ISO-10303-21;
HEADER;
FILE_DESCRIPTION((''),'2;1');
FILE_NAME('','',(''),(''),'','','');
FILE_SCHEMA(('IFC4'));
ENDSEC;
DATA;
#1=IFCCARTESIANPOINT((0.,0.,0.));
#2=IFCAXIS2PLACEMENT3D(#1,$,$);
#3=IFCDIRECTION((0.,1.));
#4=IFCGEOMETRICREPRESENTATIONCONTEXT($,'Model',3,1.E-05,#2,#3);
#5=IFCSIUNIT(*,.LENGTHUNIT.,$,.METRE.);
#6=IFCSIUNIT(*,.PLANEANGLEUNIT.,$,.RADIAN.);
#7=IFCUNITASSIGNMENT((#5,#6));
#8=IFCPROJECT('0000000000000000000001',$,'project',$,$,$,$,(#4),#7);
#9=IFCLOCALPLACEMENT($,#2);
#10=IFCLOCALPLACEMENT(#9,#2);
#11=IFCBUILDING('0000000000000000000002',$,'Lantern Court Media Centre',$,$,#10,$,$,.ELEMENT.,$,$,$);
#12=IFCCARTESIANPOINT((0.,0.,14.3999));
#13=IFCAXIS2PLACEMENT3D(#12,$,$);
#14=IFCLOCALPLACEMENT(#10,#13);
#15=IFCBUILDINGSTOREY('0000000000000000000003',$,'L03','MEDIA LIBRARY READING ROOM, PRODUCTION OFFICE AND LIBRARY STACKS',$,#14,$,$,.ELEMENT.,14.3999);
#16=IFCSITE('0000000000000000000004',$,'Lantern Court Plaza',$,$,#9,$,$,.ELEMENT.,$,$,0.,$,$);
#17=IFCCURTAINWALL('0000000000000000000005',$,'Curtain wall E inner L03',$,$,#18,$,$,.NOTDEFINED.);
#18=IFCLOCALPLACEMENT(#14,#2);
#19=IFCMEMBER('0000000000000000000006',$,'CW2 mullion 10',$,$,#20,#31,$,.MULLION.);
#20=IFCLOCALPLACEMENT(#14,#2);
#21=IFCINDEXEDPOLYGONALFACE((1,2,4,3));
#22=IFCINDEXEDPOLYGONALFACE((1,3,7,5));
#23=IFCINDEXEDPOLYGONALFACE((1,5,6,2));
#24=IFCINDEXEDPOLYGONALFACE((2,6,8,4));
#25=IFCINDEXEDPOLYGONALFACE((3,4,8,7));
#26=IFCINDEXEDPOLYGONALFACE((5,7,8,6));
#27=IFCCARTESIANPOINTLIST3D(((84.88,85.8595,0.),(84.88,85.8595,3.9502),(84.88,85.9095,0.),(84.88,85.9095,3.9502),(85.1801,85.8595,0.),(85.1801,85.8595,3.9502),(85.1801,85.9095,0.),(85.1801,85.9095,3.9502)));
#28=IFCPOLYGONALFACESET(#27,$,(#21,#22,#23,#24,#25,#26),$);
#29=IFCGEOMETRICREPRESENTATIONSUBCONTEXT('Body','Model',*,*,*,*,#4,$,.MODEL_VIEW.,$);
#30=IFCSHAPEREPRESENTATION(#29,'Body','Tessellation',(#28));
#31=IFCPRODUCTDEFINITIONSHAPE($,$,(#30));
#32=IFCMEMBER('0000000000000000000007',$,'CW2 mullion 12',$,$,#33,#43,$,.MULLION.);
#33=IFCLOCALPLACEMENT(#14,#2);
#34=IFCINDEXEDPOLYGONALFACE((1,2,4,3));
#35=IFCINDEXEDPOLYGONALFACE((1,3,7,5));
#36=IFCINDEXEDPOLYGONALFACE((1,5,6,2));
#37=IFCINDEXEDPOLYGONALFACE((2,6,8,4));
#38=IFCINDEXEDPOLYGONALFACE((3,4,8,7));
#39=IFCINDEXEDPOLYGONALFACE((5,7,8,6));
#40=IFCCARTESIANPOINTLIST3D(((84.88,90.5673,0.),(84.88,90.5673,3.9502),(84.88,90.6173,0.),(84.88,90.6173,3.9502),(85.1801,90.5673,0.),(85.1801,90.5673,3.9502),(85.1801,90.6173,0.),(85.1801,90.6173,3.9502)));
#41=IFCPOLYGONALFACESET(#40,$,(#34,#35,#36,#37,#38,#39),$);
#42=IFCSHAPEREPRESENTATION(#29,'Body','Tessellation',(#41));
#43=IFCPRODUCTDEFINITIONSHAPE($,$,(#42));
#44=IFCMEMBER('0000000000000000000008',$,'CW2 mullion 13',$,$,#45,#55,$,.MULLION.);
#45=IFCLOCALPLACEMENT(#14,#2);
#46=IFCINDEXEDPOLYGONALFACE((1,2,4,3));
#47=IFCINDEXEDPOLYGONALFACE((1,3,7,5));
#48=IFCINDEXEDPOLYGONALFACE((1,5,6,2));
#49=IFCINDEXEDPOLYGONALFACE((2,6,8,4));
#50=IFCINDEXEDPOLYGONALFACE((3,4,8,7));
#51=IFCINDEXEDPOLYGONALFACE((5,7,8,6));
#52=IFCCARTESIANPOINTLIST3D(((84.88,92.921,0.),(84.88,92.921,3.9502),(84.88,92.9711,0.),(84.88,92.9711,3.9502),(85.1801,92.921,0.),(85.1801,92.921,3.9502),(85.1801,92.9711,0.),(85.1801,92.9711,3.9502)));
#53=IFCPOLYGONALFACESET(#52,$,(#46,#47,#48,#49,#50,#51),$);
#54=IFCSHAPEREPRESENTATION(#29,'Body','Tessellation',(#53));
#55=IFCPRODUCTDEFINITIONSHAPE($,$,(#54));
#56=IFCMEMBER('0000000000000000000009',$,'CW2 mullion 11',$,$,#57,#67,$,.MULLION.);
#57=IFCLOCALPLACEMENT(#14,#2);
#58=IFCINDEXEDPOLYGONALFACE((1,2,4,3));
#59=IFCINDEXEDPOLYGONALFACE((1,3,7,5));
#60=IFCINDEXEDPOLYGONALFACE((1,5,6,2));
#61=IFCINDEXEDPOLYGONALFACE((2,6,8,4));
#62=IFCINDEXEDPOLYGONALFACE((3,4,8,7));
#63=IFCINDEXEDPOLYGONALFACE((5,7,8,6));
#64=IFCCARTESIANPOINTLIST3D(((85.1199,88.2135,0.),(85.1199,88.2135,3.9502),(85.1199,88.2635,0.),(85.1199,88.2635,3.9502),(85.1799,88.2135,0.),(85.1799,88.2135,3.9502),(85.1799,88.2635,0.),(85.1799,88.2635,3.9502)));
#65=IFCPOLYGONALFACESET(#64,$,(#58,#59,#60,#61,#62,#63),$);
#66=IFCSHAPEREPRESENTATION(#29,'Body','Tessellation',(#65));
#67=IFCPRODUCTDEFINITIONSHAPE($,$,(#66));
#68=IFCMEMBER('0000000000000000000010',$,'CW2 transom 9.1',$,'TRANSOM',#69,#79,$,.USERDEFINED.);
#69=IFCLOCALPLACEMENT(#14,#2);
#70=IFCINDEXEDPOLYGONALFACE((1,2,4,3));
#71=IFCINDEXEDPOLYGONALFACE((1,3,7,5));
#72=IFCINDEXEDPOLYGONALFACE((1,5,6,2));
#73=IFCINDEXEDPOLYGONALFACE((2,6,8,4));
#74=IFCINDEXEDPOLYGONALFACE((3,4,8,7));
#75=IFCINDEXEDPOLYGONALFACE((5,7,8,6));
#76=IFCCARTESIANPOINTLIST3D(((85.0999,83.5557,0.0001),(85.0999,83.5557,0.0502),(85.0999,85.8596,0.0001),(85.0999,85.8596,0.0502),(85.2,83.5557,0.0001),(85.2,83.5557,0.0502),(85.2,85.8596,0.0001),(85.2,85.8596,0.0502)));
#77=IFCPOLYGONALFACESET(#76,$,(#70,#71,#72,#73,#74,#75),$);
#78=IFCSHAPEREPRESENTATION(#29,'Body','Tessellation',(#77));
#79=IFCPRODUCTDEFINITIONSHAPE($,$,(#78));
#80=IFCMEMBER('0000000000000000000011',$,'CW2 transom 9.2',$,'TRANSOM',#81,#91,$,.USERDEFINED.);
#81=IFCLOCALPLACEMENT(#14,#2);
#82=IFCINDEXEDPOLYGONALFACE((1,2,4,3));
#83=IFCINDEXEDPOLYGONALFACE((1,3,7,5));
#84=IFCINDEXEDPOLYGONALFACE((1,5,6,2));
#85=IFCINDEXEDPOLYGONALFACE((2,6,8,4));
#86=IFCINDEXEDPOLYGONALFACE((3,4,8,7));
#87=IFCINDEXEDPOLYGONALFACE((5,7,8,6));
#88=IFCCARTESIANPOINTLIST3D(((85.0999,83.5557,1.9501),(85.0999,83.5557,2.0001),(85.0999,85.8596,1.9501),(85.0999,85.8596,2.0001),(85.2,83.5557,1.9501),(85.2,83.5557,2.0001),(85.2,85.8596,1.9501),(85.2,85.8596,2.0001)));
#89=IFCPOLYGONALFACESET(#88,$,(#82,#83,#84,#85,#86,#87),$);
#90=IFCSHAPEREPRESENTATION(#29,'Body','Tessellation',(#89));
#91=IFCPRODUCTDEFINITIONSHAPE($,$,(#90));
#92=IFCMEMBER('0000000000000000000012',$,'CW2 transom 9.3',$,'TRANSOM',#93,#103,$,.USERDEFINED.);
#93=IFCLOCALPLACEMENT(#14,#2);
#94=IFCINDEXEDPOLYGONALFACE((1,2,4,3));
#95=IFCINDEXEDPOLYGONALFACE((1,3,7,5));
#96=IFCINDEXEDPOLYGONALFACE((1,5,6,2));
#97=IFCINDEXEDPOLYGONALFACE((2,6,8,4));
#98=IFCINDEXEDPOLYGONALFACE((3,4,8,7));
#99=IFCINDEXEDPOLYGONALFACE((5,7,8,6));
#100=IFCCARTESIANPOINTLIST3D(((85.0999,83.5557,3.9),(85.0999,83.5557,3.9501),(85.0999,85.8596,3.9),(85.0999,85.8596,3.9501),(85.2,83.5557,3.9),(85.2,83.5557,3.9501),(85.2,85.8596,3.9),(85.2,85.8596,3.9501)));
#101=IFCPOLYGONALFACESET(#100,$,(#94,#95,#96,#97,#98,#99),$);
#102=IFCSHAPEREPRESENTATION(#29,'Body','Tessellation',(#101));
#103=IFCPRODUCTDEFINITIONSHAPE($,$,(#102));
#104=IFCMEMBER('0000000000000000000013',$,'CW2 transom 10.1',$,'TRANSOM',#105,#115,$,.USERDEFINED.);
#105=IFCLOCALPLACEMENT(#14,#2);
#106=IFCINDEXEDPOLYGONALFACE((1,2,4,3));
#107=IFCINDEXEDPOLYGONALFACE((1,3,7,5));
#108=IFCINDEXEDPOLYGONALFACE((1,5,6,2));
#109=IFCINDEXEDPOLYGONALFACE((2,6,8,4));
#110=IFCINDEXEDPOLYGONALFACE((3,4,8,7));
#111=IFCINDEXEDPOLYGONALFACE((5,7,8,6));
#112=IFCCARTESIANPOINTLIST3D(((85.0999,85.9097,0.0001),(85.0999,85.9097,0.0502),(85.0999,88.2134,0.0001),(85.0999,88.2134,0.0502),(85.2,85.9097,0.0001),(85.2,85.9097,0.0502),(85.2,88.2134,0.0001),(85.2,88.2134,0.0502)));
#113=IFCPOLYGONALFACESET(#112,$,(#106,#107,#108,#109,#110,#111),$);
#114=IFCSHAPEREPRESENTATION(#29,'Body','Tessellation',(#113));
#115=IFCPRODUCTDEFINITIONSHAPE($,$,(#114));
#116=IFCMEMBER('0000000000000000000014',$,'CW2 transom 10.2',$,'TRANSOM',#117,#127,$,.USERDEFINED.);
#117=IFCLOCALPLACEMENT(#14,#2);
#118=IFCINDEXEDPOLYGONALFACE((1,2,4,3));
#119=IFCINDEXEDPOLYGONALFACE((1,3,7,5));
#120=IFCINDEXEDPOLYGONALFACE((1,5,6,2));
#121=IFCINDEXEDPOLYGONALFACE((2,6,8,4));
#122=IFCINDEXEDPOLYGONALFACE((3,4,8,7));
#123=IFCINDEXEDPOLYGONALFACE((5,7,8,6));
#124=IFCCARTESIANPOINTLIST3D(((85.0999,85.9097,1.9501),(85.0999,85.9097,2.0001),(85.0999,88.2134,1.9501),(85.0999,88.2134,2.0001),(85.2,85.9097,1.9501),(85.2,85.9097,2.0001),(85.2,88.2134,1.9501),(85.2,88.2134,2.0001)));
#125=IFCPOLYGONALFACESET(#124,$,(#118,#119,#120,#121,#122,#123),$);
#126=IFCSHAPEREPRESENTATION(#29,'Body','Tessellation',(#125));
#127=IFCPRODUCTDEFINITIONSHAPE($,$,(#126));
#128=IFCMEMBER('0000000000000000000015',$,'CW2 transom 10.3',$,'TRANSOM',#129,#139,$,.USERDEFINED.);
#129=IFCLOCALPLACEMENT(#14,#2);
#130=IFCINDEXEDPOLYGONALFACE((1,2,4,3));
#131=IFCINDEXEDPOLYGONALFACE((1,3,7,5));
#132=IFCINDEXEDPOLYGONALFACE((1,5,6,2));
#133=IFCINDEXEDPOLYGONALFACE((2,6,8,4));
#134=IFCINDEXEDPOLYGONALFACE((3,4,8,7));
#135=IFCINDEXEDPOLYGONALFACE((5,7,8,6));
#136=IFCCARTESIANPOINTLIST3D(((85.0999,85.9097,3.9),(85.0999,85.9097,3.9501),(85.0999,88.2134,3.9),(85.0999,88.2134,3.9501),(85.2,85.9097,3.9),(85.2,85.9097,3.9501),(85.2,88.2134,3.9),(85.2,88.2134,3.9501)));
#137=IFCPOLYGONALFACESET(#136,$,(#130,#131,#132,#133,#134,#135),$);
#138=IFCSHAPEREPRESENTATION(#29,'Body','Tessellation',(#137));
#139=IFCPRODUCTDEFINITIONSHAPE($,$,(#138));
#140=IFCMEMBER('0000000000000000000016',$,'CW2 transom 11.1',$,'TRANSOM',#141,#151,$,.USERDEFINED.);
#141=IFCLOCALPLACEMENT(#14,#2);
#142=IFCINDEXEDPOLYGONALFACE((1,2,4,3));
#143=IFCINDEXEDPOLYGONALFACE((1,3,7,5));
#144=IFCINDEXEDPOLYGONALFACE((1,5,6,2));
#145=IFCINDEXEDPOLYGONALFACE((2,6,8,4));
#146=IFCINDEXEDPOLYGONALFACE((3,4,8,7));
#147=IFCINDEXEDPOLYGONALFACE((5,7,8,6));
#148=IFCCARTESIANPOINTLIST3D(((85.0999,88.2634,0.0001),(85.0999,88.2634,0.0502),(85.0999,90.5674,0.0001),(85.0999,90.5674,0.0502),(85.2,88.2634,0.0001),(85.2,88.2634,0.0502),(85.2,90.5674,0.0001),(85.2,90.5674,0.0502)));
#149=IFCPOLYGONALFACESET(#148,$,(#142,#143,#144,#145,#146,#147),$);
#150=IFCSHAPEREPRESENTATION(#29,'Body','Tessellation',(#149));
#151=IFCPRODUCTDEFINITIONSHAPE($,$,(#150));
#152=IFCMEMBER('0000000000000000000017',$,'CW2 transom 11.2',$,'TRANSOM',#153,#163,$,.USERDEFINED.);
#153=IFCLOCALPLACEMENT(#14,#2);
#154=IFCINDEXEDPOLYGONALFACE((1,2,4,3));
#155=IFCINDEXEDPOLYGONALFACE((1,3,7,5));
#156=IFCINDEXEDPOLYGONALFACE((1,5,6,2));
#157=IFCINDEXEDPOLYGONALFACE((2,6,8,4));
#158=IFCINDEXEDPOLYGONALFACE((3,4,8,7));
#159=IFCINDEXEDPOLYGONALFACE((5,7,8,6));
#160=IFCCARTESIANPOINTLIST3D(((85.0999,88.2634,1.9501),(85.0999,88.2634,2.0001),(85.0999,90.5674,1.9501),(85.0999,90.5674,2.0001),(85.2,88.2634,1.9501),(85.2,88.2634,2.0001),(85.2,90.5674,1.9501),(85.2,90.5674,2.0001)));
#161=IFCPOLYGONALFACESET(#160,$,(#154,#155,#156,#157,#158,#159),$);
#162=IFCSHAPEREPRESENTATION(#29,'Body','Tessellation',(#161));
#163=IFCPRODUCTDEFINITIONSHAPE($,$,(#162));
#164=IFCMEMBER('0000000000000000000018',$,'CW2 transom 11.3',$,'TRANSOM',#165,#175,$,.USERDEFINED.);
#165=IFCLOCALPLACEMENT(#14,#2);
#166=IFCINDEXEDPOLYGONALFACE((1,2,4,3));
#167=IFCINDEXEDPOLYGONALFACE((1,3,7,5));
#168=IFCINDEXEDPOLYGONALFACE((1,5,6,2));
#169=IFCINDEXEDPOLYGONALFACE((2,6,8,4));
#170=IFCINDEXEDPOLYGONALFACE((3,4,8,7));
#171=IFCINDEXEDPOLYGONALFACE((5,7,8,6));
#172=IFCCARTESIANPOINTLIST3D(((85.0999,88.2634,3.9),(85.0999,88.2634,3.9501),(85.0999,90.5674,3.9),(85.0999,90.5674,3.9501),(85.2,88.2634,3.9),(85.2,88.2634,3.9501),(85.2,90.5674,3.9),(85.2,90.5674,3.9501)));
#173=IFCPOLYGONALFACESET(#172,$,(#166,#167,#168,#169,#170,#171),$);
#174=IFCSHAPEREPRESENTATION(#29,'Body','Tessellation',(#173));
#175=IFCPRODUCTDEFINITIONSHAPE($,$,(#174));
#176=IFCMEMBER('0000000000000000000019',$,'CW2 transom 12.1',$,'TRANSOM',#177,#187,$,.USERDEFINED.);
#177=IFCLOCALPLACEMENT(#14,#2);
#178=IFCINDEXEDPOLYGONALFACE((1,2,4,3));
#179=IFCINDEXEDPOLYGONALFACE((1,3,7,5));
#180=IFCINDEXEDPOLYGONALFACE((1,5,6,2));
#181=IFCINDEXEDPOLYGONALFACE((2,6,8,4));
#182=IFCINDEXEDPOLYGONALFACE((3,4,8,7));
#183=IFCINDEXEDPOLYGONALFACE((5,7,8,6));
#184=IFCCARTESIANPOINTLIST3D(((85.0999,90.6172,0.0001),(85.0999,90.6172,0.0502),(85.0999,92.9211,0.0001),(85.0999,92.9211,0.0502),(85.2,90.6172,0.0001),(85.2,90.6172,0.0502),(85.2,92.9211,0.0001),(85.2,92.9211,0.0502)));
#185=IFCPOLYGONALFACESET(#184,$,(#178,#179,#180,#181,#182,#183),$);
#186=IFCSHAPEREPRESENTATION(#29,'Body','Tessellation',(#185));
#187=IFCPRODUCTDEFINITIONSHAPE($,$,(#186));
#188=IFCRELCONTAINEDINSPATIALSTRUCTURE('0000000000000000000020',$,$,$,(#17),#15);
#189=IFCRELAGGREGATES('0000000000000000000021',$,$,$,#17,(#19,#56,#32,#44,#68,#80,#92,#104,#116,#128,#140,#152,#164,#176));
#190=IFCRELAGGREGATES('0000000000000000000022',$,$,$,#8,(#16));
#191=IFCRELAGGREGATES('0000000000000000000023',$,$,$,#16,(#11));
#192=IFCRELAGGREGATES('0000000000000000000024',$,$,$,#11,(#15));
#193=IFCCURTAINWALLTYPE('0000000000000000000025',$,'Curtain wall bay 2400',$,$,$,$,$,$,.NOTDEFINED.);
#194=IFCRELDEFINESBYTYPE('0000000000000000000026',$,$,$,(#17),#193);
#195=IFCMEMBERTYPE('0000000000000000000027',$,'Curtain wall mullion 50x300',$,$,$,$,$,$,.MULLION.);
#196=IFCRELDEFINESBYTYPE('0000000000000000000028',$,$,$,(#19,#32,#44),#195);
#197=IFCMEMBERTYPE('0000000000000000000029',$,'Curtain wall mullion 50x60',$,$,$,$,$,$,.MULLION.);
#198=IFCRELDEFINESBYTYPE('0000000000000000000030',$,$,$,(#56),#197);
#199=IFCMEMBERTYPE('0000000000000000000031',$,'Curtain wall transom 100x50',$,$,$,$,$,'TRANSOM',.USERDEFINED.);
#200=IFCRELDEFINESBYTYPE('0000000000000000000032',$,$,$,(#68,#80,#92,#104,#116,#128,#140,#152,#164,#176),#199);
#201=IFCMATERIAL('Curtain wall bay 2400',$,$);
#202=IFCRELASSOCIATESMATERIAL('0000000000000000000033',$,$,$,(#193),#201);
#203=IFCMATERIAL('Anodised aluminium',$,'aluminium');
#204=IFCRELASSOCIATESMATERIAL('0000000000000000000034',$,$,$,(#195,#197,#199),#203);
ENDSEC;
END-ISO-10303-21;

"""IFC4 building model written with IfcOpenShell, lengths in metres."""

from ifc_helpers import new_model, si_unit, direction, frame, origin, origin_2d, place, context, subcontext, project, spatial, rectangle, extrude, material, material_profile, profile_set, type_object, element, aggregate, save


model = new_model("IFC4")

# Units and contexts
model_context = context("Model", 3, precision=1e-05, world=origin(), true_north=direction((0.0, 1.0)))
body_context = subcontext(model_context, "Body", "Model", "MODEL_VIEW")
ifc_project = project(units=[si_unit("LENGTHUNIT", "METRE"), si_unit("PLANEANGLEUNIT", "RADIAN")], contexts=[model_context])

# Site, building, storey
site_placement = place(None, origin())
site = spatial("IfcSite", under=ifc_project, at=site_placement, Name="Lantern Court Plaza", CompositionType="ELEMENT", RefElevation=0.0)
building_placement = place(site_placement, origin())
building = spatial("IfcBuilding", under=site, at=building_placement, Name="Lantern Court Media Centre", CompositionType="ELEMENT")
storey_placement = place(building_placement, frame((0.0, 0.0, 14.3999)))
storey = spatial("IfcBuildingStorey", under=building, at=storey_placement, Name="L03", Description="MEDIA LIBRARY READING ROOM, PRODUCTION OFFICE AND LIBRARY STACKS", CompositionType="ELEMENT", Elevation=14.3999)

# Curtain wall, members
ifc_material_1 = material(Name="Curtain wall bay 2400")
curtain_wall_type = type_object("IfcCurtainWallType", Name="Curtain wall bay 2400", PredefinedType="NOTDEFINED", material=ifc_material_1)
curtain_wall_placement = place(storey_placement, origin())
curtain_wall = element("IfcCurtainWall", 1, at=curtain_wall_placement, inside=storey, type_object=curtain_wall_type, Name="Curtain wall E inner L03", PredefinedType="NOTDEFINED")
ifc_material_2 = material(Name="Anodised aluminium", Category="aluminium")
ifc_material_profile_1 = material_profile(ifc_material_2, rectangle(XDim=0.3, YDim=0.05, at=origin_2d()), Name="AL 50x300")
ifc_profile_set_1 = profile_set([ifc_material_profile_1], Name="Anodised aluminium")
member_type_1 = type_object("IfcMemberType", Name="Curtain wall mullion 50x300", PredefinedType="MULLION", material=ifc_profile_set_1)
member_1_placement = place(storey_placement, frame((85.03, 85.8845, 0.0), z_axis=(0.0, 0.0, 1.0), x_axis=(-1.0, 0.0, 0.0)))
member_1 = element("IfcMember", 2, at=member_1_placement, type_object=member_type_1, Name="CW2 mullion 10", PredefinedType="MULLION", context=body_context, shape_type="SweptSolid", body=[
    extrude(rectangle(XDim=0.3, YDim=0.05, at=origin_2d()), origin(), (0.0, 0.0, 1.0), 3.9502),
])
member_2_placement = place(storey_placement, frame((85.03, 90.5923, 0.0), z_axis=(0.0, 0.0, 1.0), x_axis=(-1.0, 0.0, 0.0)))
member_2 = element("IfcMember", 3, at=member_2_placement, type_object=member_type_1, Name="CW2 mullion 12", PredefinedType="MULLION", context=body_context, shape_type="SweptSolid", body=[
    extrude(rectangle(XDim=0.3, YDim=0.05, at=origin_2d()), origin(), (0.0, 0.0, 1.0), 3.9502),
])
member_3_placement = place(storey_placement, frame((85.03, 92.946, 0.0), z_axis=(0.0, 0.0, 1.0), x_axis=(-1.0, 0.0, 0.0)))
member_3 = element("IfcMember", 4, at=member_3_placement, type_object=member_type_1, Name="CW2 mullion 13", PredefinedType="MULLION", context=body_context, shape_type="SweptSolid", body=[
    extrude(rectangle(XDim=0.3, YDim=0.05, at=origin_2d()), origin(), (0.0, 0.0, 1.0), 3.9502),
])
ifc_material_profile_2 = material_profile(ifc_material_2, rectangle(XDim=0.0601, YDim=0.05, at=origin_2d()), Name="AL 50x60")
ifc_profile_set_2 = profile_set([ifc_material_profile_2], Name="Anodised aluminium")
member_type_2 = type_object("IfcMemberType", Name="Curtain wall mullion 50x60", PredefinedType="MULLION", material=ifc_profile_set_2)
member_4_placement = place(storey_placement, frame((85.1499, 88.2385, 0.0), z_axis=(0.0, 0.0, 1.0), x_axis=(-1.0, 0.0, 0.0)))
member_4 = element("IfcMember", 5, at=member_4_placement, type_object=member_type_2, Name="CW2 mullion 11", PredefinedType="MULLION", context=body_context, shape_type="SweptSolid", body=[
    extrude(rectangle(XDim=0.0601, YDim=0.05, at=origin_2d()), origin(), (0.0, 0.0, 1.0), 3.9502),
])
ifc_material_profile_3 = material_profile(ifc_material_2, rectangle(XDim=0.1001, YDim=0.05, at=origin_2d()), Name="AL 50x100")
ifc_profile_set_3 = profile_set([ifc_material_profile_3], Name="Anodised aluminium")
member_type_3 = type_object("IfcMemberType", Name="Curtain wall transom 100x50", ElementType="TRANSOM", PredefinedType="USERDEFINED", material=ifc_profile_set_3)
member_5_placement = place(storey_placement, frame((85.1499, 83.5557, 0.0251), z_axis=(0.0, 1.0, 0.0), x_axis=(-1.0, 0.0, 0.0)))
member_5 = element("IfcMember", 6, at=member_5_placement, type_object=member_type_3, Name="CW2 transom 9.1", ObjectType="TRANSOM", PredefinedType="USERDEFINED", context=body_context, shape_type="SweptSolid", body=[
    extrude(rectangle(XDim=0.1001, YDim=0.05, at=origin_2d()), origin(), (0.0, 0.0, 1.0), 2.304),
])
member_6_placement = place(storey_placement, frame((85.1499, 83.5557, 1.9751), z_axis=(0.0, 1.0, 0.0), x_axis=(-1.0, 0.0, 0.0)))
member_6 = element("IfcMember", 7, at=member_6_placement, type_object=member_type_3, Name="CW2 transom 9.2", ObjectType="TRANSOM", PredefinedType="USERDEFINED", context=body_context, shape_type="SweptSolid", body=[
    extrude(rectangle(XDim=0.1001, YDim=0.05, at=origin_2d()), origin(), (0.0, 0.0, 1.0), 2.304),
])
member_7_placement = place(storey_placement, frame((85.1499, 83.5557, 3.925), z_axis=(0.0, 1.0, 0.0), x_axis=(-1.0, 0.0, 0.0)))
member_7 = element("IfcMember", 8, at=member_7_placement, type_object=member_type_3, Name="CW2 transom 9.3", ObjectType="TRANSOM", PredefinedType="USERDEFINED", context=body_context, shape_type="SweptSolid", body=[
    extrude(rectangle(XDim=0.1001, YDim=0.05, at=origin_2d()), origin(), (0.0, 0.0, 1.0), 2.304),
])
member_8_placement = place(storey_placement, frame((85.1499, 85.9097, 0.0251), z_axis=(0.0, 1.0, 0.0), x_axis=(-1.0, 0.0, 0.0)))
member_8 = element("IfcMember", 9, at=member_8_placement, type_object=member_type_3, Name="CW2 transom 10.1", ObjectType="TRANSOM", PredefinedType="USERDEFINED", context=body_context, shape_type="SweptSolid", body=[
    extrude(rectangle(XDim=0.1001, YDim=0.05, at=origin_2d()), origin(), (0.0, 0.0, 1.0), 2.3037),
])
member_9_placement = place(storey_placement, frame((85.1499, 85.9097, 1.9751), z_axis=(0.0, 1.0, 0.0), x_axis=(-1.0, 0.0, 0.0)))
member_9 = element("IfcMember", 10, at=member_9_placement, type_object=member_type_3, Name="CW2 transom 10.2", ObjectType="TRANSOM", PredefinedType="USERDEFINED", context=body_context, shape_type="SweptSolid", body=[
    extrude(rectangle(XDim=0.1001, YDim=0.05, at=origin_2d()), origin(), (0.0, 0.0, 1.0), 2.3037),
])
member_10_placement = place(storey_placement, frame((85.1499, 85.9097, 3.925), z_axis=(0.0, 1.0, 0.0), x_axis=(-1.0, 0.0, 0.0)))
member_10 = element("IfcMember", 11, at=member_10_placement, type_object=member_type_3, Name="CW2 transom 10.3", ObjectType="TRANSOM", PredefinedType="USERDEFINED", context=body_context, shape_type="SweptSolid", body=[
    extrude(rectangle(XDim=0.1001, YDim=0.05, at=origin_2d()), origin(), (0.0, 0.0, 1.0), 2.3037),
])
member_11_placement = place(storey_placement, frame((85.1499, 88.2634, 0.0251), z_axis=(0.0, 1.0, 0.0), x_axis=(-1.0, 0.0, 0.0)))
member_11 = element("IfcMember", 12, at=member_11_placement, type_object=member_type_3, Name="CW2 transom 11.1", ObjectType="TRANSOM", PredefinedType="USERDEFINED", context=body_context, shape_type="SweptSolid", body=[
    extrude(rectangle(XDim=0.1001, YDim=0.05, at=origin_2d()), origin(), (0.0, 0.0, 1.0), 2.304),
])
member_12_placement = place(storey_placement, frame((85.1499, 88.2634, 1.9751), z_axis=(0.0, 1.0, 0.0), x_axis=(-1.0, 0.0, 0.0)))
member_12 = element("IfcMember", 13, at=member_12_placement, type_object=member_type_3, Name="CW2 transom 11.2", ObjectType="TRANSOM", PredefinedType="USERDEFINED", context=body_context, shape_type="SweptSolid", body=[
    extrude(rectangle(XDim=0.1001, YDim=0.05, at=origin_2d()), origin(), (0.0, 0.0, 1.0), 2.304),
])
member_13_placement = place(storey_placement, frame((85.1499, 88.2634, 3.925), z_axis=(0.0, 1.0, 0.0), x_axis=(-1.0, 0.0, 0.0)))
member_13 = element("IfcMember", 14, at=member_13_placement, type_object=member_type_3, Name="CW2 transom 11.3", ObjectType="TRANSOM", PredefinedType="USERDEFINED", context=body_context, shape_type="SweptSolid", body=[
    extrude(rectangle(XDim=0.1001, YDim=0.05, at=origin_2d()), origin(), (0.0, 0.0, 1.0), 2.304),
])
member_14_placement = place(storey_placement, frame((85.1499, 90.6172, 0.0251), z_axis=(0.0, 1.0, 0.0), x_axis=(-1.0, 0.0, 0.0)))
member_14 = element("IfcMember", 15, at=member_14_placement, type_object=member_type_3, Name="CW2 transom 12.1", ObjectType="TRANSOM", PredefinedType="USERDEFINED", context=body_context, shape_type="SweptSolid", body=[
    extrude(rectangle(XDim=0.1001, YDim=0.05, at=origin_2d()), origin(), (0.0, 0.0, 1.0), 2.304),
])

aggregate(curtain_wall, [member_1, member_4, member_2, member_3, member_5, member_6, member_7, member_8, member_9, member_10, member_11, member_12, member_13, member_14])

save(model, "model.ifc")
